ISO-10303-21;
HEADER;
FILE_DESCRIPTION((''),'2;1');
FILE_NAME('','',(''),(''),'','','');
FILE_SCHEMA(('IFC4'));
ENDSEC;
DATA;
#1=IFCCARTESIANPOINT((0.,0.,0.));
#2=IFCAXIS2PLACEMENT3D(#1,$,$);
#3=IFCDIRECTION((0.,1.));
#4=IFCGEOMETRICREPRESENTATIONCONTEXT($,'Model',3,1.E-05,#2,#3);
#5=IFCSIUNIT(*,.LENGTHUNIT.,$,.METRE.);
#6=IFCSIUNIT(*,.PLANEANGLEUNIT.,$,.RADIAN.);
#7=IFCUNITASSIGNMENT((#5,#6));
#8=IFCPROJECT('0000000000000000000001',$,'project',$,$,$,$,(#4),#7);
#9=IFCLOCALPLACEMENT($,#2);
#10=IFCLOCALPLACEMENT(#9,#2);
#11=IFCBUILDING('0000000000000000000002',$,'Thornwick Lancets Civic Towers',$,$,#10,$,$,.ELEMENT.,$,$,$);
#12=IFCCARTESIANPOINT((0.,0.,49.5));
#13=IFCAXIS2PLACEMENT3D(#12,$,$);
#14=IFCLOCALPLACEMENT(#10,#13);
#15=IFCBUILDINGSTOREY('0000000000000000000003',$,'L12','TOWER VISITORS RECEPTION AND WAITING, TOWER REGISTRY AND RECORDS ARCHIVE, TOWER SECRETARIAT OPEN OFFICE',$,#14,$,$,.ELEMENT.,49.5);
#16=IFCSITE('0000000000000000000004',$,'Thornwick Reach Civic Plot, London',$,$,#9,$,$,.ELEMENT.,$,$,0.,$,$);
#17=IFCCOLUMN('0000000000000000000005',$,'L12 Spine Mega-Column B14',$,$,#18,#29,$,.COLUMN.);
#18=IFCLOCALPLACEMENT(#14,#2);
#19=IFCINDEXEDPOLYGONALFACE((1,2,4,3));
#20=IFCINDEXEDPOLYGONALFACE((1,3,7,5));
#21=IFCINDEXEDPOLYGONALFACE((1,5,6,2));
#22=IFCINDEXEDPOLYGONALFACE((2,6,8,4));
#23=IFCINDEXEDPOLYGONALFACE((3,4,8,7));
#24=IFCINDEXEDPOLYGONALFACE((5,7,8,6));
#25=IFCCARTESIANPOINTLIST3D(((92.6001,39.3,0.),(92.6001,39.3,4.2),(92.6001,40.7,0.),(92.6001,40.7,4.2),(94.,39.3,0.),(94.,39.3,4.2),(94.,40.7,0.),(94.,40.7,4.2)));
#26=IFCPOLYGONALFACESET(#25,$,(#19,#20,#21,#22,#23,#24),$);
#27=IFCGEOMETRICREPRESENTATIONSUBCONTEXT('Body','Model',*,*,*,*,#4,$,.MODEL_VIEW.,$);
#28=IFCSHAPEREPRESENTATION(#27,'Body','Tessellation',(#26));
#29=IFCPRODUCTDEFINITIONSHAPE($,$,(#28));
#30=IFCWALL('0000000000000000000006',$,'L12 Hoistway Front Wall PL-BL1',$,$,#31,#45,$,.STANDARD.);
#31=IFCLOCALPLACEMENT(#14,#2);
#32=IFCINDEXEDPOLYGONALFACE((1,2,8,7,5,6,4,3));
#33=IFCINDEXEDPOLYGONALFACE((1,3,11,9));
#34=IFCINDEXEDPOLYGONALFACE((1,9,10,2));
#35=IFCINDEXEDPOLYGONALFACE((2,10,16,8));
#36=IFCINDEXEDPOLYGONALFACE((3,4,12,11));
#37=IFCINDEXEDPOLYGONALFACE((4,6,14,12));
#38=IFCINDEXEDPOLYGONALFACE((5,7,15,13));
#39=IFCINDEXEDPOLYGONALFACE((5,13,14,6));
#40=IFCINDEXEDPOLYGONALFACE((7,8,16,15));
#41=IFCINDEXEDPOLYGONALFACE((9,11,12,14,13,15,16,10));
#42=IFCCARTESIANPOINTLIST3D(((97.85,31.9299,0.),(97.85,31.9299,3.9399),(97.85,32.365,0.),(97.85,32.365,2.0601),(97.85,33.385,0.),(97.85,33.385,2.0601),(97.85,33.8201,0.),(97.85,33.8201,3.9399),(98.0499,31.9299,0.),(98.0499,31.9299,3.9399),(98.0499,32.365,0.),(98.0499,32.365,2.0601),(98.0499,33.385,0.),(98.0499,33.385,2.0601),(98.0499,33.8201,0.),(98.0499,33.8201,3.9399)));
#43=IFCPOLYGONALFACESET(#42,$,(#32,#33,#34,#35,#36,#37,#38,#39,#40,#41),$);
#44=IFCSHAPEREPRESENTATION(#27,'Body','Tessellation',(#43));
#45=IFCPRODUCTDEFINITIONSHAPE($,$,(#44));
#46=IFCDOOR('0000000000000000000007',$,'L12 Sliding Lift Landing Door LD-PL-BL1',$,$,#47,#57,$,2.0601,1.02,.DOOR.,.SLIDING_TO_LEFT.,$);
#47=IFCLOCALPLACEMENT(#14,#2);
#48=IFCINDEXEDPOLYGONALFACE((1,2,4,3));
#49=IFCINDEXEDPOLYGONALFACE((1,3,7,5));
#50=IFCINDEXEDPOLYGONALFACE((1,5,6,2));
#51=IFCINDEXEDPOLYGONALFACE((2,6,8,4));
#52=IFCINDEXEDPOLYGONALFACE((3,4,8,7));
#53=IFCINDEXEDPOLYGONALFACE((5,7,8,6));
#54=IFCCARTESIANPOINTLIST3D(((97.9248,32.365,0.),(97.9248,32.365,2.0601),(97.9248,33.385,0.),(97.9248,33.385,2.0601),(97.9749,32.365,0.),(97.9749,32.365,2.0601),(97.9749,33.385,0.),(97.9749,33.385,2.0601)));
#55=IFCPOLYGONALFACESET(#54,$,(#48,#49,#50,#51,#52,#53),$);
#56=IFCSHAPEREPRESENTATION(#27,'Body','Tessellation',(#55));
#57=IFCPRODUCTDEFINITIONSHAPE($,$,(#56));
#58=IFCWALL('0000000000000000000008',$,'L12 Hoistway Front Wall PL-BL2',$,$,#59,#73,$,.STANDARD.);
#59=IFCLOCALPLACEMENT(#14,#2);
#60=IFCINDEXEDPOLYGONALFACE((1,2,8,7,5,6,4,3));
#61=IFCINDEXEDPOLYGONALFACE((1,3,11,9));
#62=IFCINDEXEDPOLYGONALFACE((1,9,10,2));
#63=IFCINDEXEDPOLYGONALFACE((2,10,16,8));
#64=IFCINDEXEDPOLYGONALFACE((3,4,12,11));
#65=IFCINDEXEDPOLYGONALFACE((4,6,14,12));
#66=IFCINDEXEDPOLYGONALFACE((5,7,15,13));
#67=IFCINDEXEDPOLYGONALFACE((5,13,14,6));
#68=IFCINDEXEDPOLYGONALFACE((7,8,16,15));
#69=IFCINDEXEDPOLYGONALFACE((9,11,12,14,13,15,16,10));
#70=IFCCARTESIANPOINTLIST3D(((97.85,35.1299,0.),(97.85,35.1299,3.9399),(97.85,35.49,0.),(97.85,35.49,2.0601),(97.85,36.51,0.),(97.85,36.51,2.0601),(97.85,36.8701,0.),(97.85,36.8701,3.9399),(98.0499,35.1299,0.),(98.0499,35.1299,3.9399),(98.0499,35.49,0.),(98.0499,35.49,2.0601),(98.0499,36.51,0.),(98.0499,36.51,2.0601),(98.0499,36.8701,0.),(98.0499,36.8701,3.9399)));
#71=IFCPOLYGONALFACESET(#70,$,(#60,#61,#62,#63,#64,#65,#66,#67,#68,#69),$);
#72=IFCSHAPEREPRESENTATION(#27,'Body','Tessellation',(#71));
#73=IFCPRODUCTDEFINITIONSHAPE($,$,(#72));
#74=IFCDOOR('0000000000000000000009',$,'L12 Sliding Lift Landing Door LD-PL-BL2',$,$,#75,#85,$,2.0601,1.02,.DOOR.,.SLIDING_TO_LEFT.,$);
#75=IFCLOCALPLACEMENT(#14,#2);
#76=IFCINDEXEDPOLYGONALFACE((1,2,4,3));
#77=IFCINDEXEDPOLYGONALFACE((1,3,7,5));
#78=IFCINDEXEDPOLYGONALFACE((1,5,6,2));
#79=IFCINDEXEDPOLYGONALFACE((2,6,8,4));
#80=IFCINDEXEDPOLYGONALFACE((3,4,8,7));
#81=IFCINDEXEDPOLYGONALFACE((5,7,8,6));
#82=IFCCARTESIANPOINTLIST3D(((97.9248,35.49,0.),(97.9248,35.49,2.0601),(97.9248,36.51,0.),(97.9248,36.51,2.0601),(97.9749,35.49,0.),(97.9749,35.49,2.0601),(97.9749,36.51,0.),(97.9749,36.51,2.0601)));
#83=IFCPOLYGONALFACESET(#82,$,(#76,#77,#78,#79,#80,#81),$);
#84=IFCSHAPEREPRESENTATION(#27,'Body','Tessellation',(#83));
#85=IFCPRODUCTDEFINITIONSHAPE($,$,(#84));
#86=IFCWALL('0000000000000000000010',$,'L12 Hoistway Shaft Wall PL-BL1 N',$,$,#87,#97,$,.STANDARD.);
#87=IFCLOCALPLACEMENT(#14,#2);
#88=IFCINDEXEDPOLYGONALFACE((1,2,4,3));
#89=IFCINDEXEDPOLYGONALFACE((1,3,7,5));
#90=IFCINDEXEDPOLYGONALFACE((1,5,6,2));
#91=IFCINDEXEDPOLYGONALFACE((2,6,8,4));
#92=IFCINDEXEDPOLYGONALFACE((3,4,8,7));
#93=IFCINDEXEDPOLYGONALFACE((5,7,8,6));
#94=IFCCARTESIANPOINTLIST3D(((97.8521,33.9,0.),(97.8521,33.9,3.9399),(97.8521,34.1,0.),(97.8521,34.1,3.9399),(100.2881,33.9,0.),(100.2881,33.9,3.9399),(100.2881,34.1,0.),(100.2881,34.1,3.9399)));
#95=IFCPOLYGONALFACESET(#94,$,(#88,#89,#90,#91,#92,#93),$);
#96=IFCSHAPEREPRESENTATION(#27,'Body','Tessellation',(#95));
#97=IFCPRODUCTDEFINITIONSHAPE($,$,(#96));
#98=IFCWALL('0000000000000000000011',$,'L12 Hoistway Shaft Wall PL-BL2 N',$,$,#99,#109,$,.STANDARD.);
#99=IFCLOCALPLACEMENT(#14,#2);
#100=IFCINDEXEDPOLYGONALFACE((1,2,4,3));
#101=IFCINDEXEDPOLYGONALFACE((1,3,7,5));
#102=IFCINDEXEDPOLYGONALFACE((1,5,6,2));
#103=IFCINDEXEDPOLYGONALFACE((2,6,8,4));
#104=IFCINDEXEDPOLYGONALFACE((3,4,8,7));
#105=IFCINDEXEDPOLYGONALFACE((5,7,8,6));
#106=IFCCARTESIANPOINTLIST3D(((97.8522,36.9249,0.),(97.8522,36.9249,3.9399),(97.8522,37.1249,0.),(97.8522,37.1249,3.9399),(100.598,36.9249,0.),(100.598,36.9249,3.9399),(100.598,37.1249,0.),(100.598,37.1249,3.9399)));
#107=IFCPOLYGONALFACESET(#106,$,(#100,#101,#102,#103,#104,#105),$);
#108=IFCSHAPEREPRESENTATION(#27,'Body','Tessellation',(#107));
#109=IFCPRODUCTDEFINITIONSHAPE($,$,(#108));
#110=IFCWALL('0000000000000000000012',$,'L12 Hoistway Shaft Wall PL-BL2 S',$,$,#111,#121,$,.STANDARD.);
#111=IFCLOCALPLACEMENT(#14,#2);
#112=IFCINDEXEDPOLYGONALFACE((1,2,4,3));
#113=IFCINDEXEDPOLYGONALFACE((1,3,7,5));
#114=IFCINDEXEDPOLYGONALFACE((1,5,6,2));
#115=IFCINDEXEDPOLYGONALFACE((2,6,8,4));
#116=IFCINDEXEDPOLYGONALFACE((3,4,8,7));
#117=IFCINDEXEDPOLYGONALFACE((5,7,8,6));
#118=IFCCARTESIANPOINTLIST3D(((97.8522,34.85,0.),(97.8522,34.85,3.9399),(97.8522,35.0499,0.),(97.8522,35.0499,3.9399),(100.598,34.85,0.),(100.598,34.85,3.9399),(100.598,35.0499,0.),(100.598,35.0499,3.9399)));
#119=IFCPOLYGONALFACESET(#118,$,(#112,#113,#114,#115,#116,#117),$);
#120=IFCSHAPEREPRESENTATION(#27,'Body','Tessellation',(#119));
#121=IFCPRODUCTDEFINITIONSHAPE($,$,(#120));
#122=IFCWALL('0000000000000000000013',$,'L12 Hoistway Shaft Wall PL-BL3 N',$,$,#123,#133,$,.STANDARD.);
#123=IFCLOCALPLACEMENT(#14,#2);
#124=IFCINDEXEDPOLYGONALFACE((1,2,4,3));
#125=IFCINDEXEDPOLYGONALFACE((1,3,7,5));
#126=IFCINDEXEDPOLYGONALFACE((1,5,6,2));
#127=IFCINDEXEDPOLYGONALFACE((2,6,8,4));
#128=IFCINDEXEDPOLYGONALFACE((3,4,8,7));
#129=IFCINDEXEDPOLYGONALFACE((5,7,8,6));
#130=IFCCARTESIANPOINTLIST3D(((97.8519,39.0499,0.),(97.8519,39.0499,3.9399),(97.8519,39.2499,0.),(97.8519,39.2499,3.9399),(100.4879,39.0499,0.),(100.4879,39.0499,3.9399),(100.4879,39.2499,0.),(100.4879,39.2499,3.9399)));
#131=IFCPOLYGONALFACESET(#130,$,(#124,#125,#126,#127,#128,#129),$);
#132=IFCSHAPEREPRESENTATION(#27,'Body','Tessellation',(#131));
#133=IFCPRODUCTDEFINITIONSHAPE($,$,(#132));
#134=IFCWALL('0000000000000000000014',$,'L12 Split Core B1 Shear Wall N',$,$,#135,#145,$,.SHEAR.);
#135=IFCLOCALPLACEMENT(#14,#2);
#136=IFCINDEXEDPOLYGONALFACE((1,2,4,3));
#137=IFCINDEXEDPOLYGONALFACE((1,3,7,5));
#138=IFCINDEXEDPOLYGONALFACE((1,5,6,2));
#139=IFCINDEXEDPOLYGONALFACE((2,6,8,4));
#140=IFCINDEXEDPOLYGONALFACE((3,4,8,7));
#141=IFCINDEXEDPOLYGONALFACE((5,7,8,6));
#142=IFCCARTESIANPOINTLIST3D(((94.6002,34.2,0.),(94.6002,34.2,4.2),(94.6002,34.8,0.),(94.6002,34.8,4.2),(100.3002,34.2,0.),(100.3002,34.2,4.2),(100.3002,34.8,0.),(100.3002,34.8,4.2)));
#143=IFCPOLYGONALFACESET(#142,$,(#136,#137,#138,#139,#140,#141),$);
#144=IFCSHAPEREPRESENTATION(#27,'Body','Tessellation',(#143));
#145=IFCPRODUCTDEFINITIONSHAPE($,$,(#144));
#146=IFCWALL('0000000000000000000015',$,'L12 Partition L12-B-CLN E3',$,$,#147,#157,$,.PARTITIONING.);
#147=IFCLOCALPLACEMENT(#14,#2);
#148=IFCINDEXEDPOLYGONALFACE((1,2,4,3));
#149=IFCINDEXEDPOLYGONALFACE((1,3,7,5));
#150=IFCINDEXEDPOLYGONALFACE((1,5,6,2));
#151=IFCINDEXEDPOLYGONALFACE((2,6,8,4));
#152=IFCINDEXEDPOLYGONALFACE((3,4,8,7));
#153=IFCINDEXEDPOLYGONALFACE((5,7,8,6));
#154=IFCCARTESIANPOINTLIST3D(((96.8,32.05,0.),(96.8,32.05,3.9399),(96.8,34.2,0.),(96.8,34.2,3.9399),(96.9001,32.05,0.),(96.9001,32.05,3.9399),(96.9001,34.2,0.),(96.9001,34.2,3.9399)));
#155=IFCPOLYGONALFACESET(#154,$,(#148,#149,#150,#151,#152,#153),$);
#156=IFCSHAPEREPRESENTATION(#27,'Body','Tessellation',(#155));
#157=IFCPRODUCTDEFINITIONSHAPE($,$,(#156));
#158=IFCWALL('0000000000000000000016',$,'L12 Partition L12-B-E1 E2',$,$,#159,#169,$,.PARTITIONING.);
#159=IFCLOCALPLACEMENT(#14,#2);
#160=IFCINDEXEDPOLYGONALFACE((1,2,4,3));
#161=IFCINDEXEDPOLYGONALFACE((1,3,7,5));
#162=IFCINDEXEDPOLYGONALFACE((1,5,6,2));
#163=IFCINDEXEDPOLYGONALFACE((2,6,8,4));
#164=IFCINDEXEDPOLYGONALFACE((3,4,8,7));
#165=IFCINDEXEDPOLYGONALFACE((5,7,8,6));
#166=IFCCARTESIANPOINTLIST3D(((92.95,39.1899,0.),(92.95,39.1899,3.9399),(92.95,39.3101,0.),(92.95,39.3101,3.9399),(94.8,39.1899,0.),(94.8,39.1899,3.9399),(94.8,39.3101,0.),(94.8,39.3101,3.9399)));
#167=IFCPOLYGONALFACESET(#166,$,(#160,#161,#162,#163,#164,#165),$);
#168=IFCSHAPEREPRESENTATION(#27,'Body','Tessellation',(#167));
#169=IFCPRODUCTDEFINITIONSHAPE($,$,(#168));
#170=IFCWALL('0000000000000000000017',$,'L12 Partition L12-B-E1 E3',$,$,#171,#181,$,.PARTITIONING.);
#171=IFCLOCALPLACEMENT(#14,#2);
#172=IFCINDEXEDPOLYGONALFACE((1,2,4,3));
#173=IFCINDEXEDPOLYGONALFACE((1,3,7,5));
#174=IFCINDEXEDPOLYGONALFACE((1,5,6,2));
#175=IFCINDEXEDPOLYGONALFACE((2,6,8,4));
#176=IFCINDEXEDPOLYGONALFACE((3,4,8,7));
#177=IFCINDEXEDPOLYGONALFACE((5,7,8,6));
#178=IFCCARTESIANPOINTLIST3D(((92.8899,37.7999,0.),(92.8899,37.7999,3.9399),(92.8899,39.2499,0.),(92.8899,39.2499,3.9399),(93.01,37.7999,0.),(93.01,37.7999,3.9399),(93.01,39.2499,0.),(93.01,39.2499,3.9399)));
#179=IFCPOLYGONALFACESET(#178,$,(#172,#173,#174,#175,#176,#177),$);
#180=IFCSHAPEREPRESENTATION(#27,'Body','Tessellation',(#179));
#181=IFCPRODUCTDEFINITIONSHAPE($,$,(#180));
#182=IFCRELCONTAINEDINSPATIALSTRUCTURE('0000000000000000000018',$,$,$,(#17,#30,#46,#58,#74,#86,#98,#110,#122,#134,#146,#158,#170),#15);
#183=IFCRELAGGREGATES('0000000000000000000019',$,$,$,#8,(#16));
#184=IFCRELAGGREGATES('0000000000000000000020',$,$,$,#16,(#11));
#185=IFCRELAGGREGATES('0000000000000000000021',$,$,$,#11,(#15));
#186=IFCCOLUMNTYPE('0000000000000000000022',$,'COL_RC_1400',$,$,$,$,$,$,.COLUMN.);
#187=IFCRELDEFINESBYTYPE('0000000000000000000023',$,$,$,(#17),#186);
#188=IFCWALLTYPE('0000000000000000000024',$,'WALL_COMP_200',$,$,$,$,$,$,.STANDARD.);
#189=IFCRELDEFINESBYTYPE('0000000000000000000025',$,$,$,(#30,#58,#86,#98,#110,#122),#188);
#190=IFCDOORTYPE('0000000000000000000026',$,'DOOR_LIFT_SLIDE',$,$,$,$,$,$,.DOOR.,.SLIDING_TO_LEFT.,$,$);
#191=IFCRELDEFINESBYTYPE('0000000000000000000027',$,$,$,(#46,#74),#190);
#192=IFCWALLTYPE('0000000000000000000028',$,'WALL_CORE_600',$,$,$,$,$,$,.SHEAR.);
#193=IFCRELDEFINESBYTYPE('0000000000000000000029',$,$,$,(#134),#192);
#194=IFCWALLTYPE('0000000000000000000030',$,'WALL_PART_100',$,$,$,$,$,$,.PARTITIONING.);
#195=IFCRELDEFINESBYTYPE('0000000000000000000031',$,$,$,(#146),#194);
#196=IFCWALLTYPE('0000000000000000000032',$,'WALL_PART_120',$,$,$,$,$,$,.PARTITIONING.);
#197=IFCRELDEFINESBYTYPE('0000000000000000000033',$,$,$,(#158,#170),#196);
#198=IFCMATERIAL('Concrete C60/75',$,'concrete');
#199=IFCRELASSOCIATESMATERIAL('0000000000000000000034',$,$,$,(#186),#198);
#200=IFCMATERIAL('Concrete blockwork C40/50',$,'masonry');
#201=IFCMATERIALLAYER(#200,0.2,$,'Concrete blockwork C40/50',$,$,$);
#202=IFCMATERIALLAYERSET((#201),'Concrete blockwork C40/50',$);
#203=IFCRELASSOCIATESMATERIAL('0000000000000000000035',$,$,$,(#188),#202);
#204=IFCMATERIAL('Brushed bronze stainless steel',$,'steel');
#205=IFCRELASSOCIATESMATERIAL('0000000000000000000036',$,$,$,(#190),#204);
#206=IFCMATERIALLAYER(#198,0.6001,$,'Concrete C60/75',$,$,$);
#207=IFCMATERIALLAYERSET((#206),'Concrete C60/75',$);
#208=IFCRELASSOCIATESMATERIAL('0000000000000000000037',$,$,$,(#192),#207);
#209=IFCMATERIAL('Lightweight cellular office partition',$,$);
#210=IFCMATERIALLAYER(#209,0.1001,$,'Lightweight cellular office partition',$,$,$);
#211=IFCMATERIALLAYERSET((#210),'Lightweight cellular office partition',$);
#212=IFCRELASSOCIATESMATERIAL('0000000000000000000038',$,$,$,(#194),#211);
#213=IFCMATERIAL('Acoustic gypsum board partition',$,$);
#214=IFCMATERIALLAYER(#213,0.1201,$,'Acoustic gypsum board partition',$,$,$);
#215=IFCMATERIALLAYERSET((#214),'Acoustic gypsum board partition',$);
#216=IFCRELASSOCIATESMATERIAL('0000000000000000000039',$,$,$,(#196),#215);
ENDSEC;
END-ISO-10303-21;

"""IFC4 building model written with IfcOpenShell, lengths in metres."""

from ifc_helpers import new_model, si_unit, direction, frame, frame_2d, origin, origin_2d, place, context, subcontext, project, spatial, rectangle, extrude, material, layer, layer_set, material_profile, profile_set, type_object, element, fill, save


model = new_model("IFC4")

# Units and contexts
model_context = context("Model", 3, precision=1e-05, world=origin(), true_north=direction((0.0, 1.0)))
body_context = subcontext(model_context, "Body", "Model", "MODEL_VIEW")
ifc_project = project(units=[si_unit("LENGTHUNIT", "METRE"), si_unit("PLANEANGLEUNIT", "RADIAN")], contexts=[model_context])

# Site, building, storey
site_placement = place(None, origin())
site = spatial("IfcSite", under=ifc_project, at=site_placement, Name="Thornwick Reach Civic Plot, London", CompositionType="ELEMENT", RefElevation=0.0)
building_placement = place(site_placement, origin())
building = spatial("IfcBuilding", under=site, at=building_placement, Name="Thornwick Lancets Civic Towers", CompositionType="ELEMENT")
storey_placement = place(building_placement, frame((0.0, 0.0, 49.5)))
storey = spatial("IfcBuildingStorey", under=building, at=storey_placement, Name="L12", Description="TOWER VISITORS RECEPTION AND WAITING, TOWER REGISTRY AND RECORDS ARCHIVE, TOWER SECRETARIAT OPEN OFFICE", CompositionType="ELEMENT", Elevation=49.5)

# Column
ifc_material_1 = material(Name="Concrete C60/75", Category="concrete")
ifc_material_profile = material_profile(ifc_material_1, rectangle(XDim=1.3999, YDim=1.3999, at=origin_2d()), Name="RC 1400x1400")
ifc_profile_set = profile_set([ifc_material_profile], Name="Concrete C60/75")
column_type = type_object("IfcColumnType", Name="COL_RC_1400", PredefinedType="COLUMN", material=ifc_profile_set)
column_placement = place(storey_placement, frame((93.3, 40.0, 0.0), z_axis=(0.0, 0.0, 1.0), x_axis=(1.0, 0.0, 0.0)))
element("IfcColumn", 1, at=column_placement, inside=storey, type_object=column_type, Name="L12 Spine Mega-Column B14", PredefinedType="COLUMN", context=body_context, shape_type="SweptSolid", body=[
    extrude(rectangle(XDim=1.3999, YDim=1.3999, at=origin_2d()), origin(), (0.0, 0.0, 1.0), 4.2),
])

# Walls, openings, doors
ifc_material_2 = material(Name="Concrete blockwork C40/50", Category="masonry")
ifc_layer_1 = layer(ifc_material_2, 0.2, Name="Concrete blockwork C40/50")
ifc_layer_set_1 = layer_set([ifc_layer_1], Name="Concrete blockwork C40/50")
wall_type_1 = type_object("IfcWallType", Name="WALL_COMP_200", PredefinedType="STANDARD", material=ifc_layer_set_1)
wall_1_placement = place(storey_placement, frame((97.95, 33.8201, 0.0), z_axis=(0.0, 0.0, 1.0), x_axis=(0.0, -1.0, 0.0)))
wall_1 = element("IfcWall", 2, at=wall_1_placement, inside=storey, type_object=wall_type_1, Name="L12 Hoistway Front Wall PL-BL1", PredefinedType="STANDARD", context=body_context, shape_type="SweptSolid", body=[
    extrude(rectangle(XDim=1.8901, YDim=0.2, at=frame_2d((0.9451, 0.0))), origin(), (0.0, 0.0, 1.0), 3.9399),
])
opening_1_placement = place(wall_1_placement, frame((0.4351, 0.0, 0.0)))
opening_1 = element("IfcOpeningElement", 3, at=opening_1_placement, cuts=wall_1, PredefinedType="OPENING", context=body_context, shape_type="SweptSolid", body=[
    extrude(rectangle(XDim=1.02, YDim=2.0601, at=frame_2d((0.51, 1.03))), frame((0.0, 0.1099, 0.0), z_axis=(0.0, -1.0, 0.0), x_axis=(1.0, 0.0, 0.0)), (0.0, 0.0, 1.0), 0.22),
])
ifc_material_3 = material(Name="Brushed bronze stainless steel", Category="steel")
door_type_1 = type_object("IfcDoorType", Name="DOOR_LIFT_SLIDE", OperationType="SLIDING_TO_LEFT", PredefinedType="DOOR", material=ifc_material_3)
door_1_placement = place(opening_1_placement, origin())
door_1 = element("IfcDoor", 4, at=door_1_placement, inside=storey, type_object=door_type_1, Name="L12 Sliding Lift Landing Door LD-PL-BL1", OperationType="SLIDING_TO_LEFT", OverallHeight=2.0601, OverallWidth=1.02, PredefinedType="DOOR", context=body_context, shape_type="SweptSolid", body=[
    extrude(rectangle(XDim=1.02, YDim=2.0601, at=frame_2d((0.51, 1.03))), frame((0.0, 0.0249, 0.0), z_axis=(0.0, -1.0, 0.0), x_axis=(1.0, 0.0, 0.0)), (0.0, 0.0, 1.0), 0.05),
])
fill(opening_1, door_1)
wall_2_placement = place(storey_placement, frame((97.95, 36.8701, 0.0), z_axis=(0.0, 0.0, 1.0), x_axis=(0.0, -1.0, 0.0)))
wall_2 = element("IfcWall", 5, at=wall_2_placement, inside=storey, type_object=wall_type_1, Name="L12 Hoistway Front Wall PL-BL2", PredefinedType="STANDARD", context=body_context, shape_type="SweptSolid", body=[
    extrude(rectangle(XDim=1.7402, YDim=0.2, at=frame_2d((0.8701, 0.0))), origin(), (0.0, 0.0, 1.0), 3.9399),
])
opening_2_placement = place(wall_2_placement, frame((0.3601, 0.0, 0.0)))
opening_2 = element("IfcOpeningElement", 6, at=opening_2_placement, cuts=wall_2, PredefinedType="OPENING", context=body_context, shape_type="SweptSolid", body=[
    extrude(rectangle(XDim=1.02, YDim=2.0601, at=frame_2d((0.51, 1.03))), frame((0.0, 0.1099, 0.0), z_axis=(0.0, -1.0, 0.0), x_axis=(1.0, 0.0, 0.0)), (0.0, 0.0, 1.0), 0.22),
])
door_2_placement = place(opening_2_placement, origin())
door_2 = element("IfcDoor", 7, at=door_2_placement, inside=storey, type_object=door_type_1, Name="L12 Sliding Lift Landing Door LD-PL-BL2", OperationType="SLIDING_TO_LEFT", OverallHeight=2.0601, OverallWidth=1.02, PredefinedType="DOOR", context=body_context, shape_type="SweptSolid", body=[
    extrude(rectangle(XDim=1.02, YDim=2.0601, at=frame_2d((0.51, 1.03))), frame((0.0, 0.0249, 0.0), z_axis=(0.0, -1.0, 0.0), x_axis=(1.0, 0.0, 0.0)), (0.0, 0.0, 1.0), 0.05),
])
fill(opening_2, door_2)

# Walls
wall_3_placement = place(storey_placement, frame((97.8521, 34.0, 0.0), z_axis=(0.0, 0.0, 1.0), x_axis=(1.0, 0.0, 0.0)))
element("IfcWall", 8, at=wall_3_placement, inside=storey, type_object=wall_type_1, Name="L12 Hoistway Shaft Wall PL-BL1 N", PredefinedType="STANDARD", context=body_context, shape_type="SweptSolid", body=[
    extrude(rectangle(XDim=2.436, YDim=0.2, at=frame_2d((1.218, 0.0))), origin(), (0.0, 0.0, 1.0), 3.9399),
])
for number, where, z_axis, x_axis, name in (
    (9, (97.8521, 37.0249, 0.0), (0.0, 0.0, 1.0), (1.0, 0.0, 0.0), "L12 Hoistway Shaft Wall PL-BL2 N"),
    (10, (97.8521, 34.95, 0.0), (0.0, 0.0, 1.0), (1.0, 0.0, 0.0), "L12 Hoistway Shaft Wall PL-BL2 S"),
):
    element("IfcWall", number, at=place(storey_placement, frame(where, z_axis=z_axis, x_axis=x_axis)), inside=storey, type_object=wall_type_1, Name=name, PredefinedType="STANDARD", context=body_context, shape_type="SweptSolid", body=[
        extrude(rectangle(XDim=2.7458, YDim=0.2, at=frame_2d((1.373, 0.0))), origin(), (0.0, 0.0, 1.0), 3.9399),
    ])
wall_4_placement = place(storey_placement, frame((97.8521, 39.1499, 0.0), z_axis=(0.0, 0.0, 1.0), x_axis=(1.0, 0.0, 0.0)))
element("IfcWall", 11, at=wall_4_placement, inside=storey, type_object=wall_type_1, Name="L12 Hoistway Shaft Wall PL-BL3 N", PredefinedType="STANDARD", context=body_context, shape_type="SweptSolid", body=[
    extrude(rectangle(XDim=2.636, YDim=0.2, at=frame_2d((1.3179, 0.0))), origin(), (0.0, 0.0, 1.0), 3.9399),
])
ifc_layer_2 = layer(ifc_material_1, 0.6001, Name="Concrete C60/75")
ifc_layer_set_2 = layer_set([ifc_layer_2], Name="Concrete C60/75")
wall_type_2 = type_object("IfcWallType", Name="WALL_CORE_600", PredefinedType="SHEAR", material=ifc_layer_set_2)
wall_5_placement = place(storey_placement, frame((94.6001, 34.5, 0.0), z_axis=(0.0, 0.0, 1.0), x_axis=(1.0, 0.0, 0.0)))
element("IfcWall", 12, at=wall_5_placement, inside=storey, type_object=wall_type_2, Name="L12 Split Core B1 Shear Wall N", PredefinedType="SHEAR", context=body_context, shape_type="SweptSolid", body=[
    extrude(rectangle(XDim=5.7, YDim=0.6001, at=frame_2d((2.8501, 0.0))), origin(), (0.0, 0.0, 1.0), 4.2),
])
ifc_material_4 = material(Name="Lightweight cellular office partition")
ifc_layer_3 = layer(ifc_material_4, 0.1001, Name="Lightweight cellular office partition")
ifc_layer_set_3 = layer_set([ifc_layer_3], Name="Lightweight cellular office partition")
wall_type_3 = type_object("IfcWallType", Name="WALL_PART_100", PredefinedType="PARTITIONING", material=ifc_layer_set_3)
wall_6_placement = place(storey_placement, frame((96.8501, 34.2, 0.0), z_axis=(0.0, 0.0, 1.0), x_axis=(0.0, -1.0, 0.0)))
element("IfcWall", 13, at=wall_6_placement, inside=storey, type_object=wall_type_3, Name="L12 Partition L12-B-CLN E3", PredefinedType="PARTITIONING", context=body_context, shape_type="SweptSolid", body=[
    extrude(rectangle(XDim=2.1499, YDim=0.1001, at=frame_2d((1.075, 0.0))), origin(), (0.0, 0.0, 1.0), 3.9399),
])
ifc_material_5 = material(Name="Acoustic gypsum board partition")
ifc_layer_4 = layer(ifc_material_5, 0.1201, Name="Acoustic gypsum board partition")
ifc_layer_set_4 = layer_set([ifc_layer_4], Name="Acoustic gypsum board partition")
wall_type_4 = type_object("IfcWallType", Name="WALL_PART_120", PredefinedType="PARTITIONING", material=ifc_layer_set_4)
wall_7_placement = place(storey_placement, frame((94.8, 39.25, 0.0), z_axis=(0.0, 0.0, 1.0), x_axis=(-1.0, 0.0, 0.0)))
element("IfcWall", 14, at=wall_7_placement, inside=storey, type_object=wall_type_4, Name="L12 Partition L12-B-E1 E2", PredefinedType="PARTITIONING", context=body_context, shape_type="SweptSolid", body=[
    extrude(rectangle(XDim=1.8501, YDim=0.1201, at=frame_2d((0.925, 0.0))), origin(), (0.0, 0.0, 1.0), 3.9399),
])
wall_8_placement = place(storey_placement, frame((92.95, 39.25, 0.0), z_axis=(0.0, 0.0, 1.0), x_axis=(0.0, -1.0, 0.0)))
element("IfcWall", 15, at=wall_8_placement, inside=storey, type_object=wall_type_4, Name="L12 Partition L12-B-E1 E3", PredefinedType="PARTITIONING", context=body_context, shape_type="SweptSolid", body=[
    extrude(rectangle(XDim=1.45, YDim=0.1201, at=frame_2d((0.7251, 0.0))), origin(), (0.0, 0.0, 1.0), 3.9399),
])

save(model, "model.ifc")
